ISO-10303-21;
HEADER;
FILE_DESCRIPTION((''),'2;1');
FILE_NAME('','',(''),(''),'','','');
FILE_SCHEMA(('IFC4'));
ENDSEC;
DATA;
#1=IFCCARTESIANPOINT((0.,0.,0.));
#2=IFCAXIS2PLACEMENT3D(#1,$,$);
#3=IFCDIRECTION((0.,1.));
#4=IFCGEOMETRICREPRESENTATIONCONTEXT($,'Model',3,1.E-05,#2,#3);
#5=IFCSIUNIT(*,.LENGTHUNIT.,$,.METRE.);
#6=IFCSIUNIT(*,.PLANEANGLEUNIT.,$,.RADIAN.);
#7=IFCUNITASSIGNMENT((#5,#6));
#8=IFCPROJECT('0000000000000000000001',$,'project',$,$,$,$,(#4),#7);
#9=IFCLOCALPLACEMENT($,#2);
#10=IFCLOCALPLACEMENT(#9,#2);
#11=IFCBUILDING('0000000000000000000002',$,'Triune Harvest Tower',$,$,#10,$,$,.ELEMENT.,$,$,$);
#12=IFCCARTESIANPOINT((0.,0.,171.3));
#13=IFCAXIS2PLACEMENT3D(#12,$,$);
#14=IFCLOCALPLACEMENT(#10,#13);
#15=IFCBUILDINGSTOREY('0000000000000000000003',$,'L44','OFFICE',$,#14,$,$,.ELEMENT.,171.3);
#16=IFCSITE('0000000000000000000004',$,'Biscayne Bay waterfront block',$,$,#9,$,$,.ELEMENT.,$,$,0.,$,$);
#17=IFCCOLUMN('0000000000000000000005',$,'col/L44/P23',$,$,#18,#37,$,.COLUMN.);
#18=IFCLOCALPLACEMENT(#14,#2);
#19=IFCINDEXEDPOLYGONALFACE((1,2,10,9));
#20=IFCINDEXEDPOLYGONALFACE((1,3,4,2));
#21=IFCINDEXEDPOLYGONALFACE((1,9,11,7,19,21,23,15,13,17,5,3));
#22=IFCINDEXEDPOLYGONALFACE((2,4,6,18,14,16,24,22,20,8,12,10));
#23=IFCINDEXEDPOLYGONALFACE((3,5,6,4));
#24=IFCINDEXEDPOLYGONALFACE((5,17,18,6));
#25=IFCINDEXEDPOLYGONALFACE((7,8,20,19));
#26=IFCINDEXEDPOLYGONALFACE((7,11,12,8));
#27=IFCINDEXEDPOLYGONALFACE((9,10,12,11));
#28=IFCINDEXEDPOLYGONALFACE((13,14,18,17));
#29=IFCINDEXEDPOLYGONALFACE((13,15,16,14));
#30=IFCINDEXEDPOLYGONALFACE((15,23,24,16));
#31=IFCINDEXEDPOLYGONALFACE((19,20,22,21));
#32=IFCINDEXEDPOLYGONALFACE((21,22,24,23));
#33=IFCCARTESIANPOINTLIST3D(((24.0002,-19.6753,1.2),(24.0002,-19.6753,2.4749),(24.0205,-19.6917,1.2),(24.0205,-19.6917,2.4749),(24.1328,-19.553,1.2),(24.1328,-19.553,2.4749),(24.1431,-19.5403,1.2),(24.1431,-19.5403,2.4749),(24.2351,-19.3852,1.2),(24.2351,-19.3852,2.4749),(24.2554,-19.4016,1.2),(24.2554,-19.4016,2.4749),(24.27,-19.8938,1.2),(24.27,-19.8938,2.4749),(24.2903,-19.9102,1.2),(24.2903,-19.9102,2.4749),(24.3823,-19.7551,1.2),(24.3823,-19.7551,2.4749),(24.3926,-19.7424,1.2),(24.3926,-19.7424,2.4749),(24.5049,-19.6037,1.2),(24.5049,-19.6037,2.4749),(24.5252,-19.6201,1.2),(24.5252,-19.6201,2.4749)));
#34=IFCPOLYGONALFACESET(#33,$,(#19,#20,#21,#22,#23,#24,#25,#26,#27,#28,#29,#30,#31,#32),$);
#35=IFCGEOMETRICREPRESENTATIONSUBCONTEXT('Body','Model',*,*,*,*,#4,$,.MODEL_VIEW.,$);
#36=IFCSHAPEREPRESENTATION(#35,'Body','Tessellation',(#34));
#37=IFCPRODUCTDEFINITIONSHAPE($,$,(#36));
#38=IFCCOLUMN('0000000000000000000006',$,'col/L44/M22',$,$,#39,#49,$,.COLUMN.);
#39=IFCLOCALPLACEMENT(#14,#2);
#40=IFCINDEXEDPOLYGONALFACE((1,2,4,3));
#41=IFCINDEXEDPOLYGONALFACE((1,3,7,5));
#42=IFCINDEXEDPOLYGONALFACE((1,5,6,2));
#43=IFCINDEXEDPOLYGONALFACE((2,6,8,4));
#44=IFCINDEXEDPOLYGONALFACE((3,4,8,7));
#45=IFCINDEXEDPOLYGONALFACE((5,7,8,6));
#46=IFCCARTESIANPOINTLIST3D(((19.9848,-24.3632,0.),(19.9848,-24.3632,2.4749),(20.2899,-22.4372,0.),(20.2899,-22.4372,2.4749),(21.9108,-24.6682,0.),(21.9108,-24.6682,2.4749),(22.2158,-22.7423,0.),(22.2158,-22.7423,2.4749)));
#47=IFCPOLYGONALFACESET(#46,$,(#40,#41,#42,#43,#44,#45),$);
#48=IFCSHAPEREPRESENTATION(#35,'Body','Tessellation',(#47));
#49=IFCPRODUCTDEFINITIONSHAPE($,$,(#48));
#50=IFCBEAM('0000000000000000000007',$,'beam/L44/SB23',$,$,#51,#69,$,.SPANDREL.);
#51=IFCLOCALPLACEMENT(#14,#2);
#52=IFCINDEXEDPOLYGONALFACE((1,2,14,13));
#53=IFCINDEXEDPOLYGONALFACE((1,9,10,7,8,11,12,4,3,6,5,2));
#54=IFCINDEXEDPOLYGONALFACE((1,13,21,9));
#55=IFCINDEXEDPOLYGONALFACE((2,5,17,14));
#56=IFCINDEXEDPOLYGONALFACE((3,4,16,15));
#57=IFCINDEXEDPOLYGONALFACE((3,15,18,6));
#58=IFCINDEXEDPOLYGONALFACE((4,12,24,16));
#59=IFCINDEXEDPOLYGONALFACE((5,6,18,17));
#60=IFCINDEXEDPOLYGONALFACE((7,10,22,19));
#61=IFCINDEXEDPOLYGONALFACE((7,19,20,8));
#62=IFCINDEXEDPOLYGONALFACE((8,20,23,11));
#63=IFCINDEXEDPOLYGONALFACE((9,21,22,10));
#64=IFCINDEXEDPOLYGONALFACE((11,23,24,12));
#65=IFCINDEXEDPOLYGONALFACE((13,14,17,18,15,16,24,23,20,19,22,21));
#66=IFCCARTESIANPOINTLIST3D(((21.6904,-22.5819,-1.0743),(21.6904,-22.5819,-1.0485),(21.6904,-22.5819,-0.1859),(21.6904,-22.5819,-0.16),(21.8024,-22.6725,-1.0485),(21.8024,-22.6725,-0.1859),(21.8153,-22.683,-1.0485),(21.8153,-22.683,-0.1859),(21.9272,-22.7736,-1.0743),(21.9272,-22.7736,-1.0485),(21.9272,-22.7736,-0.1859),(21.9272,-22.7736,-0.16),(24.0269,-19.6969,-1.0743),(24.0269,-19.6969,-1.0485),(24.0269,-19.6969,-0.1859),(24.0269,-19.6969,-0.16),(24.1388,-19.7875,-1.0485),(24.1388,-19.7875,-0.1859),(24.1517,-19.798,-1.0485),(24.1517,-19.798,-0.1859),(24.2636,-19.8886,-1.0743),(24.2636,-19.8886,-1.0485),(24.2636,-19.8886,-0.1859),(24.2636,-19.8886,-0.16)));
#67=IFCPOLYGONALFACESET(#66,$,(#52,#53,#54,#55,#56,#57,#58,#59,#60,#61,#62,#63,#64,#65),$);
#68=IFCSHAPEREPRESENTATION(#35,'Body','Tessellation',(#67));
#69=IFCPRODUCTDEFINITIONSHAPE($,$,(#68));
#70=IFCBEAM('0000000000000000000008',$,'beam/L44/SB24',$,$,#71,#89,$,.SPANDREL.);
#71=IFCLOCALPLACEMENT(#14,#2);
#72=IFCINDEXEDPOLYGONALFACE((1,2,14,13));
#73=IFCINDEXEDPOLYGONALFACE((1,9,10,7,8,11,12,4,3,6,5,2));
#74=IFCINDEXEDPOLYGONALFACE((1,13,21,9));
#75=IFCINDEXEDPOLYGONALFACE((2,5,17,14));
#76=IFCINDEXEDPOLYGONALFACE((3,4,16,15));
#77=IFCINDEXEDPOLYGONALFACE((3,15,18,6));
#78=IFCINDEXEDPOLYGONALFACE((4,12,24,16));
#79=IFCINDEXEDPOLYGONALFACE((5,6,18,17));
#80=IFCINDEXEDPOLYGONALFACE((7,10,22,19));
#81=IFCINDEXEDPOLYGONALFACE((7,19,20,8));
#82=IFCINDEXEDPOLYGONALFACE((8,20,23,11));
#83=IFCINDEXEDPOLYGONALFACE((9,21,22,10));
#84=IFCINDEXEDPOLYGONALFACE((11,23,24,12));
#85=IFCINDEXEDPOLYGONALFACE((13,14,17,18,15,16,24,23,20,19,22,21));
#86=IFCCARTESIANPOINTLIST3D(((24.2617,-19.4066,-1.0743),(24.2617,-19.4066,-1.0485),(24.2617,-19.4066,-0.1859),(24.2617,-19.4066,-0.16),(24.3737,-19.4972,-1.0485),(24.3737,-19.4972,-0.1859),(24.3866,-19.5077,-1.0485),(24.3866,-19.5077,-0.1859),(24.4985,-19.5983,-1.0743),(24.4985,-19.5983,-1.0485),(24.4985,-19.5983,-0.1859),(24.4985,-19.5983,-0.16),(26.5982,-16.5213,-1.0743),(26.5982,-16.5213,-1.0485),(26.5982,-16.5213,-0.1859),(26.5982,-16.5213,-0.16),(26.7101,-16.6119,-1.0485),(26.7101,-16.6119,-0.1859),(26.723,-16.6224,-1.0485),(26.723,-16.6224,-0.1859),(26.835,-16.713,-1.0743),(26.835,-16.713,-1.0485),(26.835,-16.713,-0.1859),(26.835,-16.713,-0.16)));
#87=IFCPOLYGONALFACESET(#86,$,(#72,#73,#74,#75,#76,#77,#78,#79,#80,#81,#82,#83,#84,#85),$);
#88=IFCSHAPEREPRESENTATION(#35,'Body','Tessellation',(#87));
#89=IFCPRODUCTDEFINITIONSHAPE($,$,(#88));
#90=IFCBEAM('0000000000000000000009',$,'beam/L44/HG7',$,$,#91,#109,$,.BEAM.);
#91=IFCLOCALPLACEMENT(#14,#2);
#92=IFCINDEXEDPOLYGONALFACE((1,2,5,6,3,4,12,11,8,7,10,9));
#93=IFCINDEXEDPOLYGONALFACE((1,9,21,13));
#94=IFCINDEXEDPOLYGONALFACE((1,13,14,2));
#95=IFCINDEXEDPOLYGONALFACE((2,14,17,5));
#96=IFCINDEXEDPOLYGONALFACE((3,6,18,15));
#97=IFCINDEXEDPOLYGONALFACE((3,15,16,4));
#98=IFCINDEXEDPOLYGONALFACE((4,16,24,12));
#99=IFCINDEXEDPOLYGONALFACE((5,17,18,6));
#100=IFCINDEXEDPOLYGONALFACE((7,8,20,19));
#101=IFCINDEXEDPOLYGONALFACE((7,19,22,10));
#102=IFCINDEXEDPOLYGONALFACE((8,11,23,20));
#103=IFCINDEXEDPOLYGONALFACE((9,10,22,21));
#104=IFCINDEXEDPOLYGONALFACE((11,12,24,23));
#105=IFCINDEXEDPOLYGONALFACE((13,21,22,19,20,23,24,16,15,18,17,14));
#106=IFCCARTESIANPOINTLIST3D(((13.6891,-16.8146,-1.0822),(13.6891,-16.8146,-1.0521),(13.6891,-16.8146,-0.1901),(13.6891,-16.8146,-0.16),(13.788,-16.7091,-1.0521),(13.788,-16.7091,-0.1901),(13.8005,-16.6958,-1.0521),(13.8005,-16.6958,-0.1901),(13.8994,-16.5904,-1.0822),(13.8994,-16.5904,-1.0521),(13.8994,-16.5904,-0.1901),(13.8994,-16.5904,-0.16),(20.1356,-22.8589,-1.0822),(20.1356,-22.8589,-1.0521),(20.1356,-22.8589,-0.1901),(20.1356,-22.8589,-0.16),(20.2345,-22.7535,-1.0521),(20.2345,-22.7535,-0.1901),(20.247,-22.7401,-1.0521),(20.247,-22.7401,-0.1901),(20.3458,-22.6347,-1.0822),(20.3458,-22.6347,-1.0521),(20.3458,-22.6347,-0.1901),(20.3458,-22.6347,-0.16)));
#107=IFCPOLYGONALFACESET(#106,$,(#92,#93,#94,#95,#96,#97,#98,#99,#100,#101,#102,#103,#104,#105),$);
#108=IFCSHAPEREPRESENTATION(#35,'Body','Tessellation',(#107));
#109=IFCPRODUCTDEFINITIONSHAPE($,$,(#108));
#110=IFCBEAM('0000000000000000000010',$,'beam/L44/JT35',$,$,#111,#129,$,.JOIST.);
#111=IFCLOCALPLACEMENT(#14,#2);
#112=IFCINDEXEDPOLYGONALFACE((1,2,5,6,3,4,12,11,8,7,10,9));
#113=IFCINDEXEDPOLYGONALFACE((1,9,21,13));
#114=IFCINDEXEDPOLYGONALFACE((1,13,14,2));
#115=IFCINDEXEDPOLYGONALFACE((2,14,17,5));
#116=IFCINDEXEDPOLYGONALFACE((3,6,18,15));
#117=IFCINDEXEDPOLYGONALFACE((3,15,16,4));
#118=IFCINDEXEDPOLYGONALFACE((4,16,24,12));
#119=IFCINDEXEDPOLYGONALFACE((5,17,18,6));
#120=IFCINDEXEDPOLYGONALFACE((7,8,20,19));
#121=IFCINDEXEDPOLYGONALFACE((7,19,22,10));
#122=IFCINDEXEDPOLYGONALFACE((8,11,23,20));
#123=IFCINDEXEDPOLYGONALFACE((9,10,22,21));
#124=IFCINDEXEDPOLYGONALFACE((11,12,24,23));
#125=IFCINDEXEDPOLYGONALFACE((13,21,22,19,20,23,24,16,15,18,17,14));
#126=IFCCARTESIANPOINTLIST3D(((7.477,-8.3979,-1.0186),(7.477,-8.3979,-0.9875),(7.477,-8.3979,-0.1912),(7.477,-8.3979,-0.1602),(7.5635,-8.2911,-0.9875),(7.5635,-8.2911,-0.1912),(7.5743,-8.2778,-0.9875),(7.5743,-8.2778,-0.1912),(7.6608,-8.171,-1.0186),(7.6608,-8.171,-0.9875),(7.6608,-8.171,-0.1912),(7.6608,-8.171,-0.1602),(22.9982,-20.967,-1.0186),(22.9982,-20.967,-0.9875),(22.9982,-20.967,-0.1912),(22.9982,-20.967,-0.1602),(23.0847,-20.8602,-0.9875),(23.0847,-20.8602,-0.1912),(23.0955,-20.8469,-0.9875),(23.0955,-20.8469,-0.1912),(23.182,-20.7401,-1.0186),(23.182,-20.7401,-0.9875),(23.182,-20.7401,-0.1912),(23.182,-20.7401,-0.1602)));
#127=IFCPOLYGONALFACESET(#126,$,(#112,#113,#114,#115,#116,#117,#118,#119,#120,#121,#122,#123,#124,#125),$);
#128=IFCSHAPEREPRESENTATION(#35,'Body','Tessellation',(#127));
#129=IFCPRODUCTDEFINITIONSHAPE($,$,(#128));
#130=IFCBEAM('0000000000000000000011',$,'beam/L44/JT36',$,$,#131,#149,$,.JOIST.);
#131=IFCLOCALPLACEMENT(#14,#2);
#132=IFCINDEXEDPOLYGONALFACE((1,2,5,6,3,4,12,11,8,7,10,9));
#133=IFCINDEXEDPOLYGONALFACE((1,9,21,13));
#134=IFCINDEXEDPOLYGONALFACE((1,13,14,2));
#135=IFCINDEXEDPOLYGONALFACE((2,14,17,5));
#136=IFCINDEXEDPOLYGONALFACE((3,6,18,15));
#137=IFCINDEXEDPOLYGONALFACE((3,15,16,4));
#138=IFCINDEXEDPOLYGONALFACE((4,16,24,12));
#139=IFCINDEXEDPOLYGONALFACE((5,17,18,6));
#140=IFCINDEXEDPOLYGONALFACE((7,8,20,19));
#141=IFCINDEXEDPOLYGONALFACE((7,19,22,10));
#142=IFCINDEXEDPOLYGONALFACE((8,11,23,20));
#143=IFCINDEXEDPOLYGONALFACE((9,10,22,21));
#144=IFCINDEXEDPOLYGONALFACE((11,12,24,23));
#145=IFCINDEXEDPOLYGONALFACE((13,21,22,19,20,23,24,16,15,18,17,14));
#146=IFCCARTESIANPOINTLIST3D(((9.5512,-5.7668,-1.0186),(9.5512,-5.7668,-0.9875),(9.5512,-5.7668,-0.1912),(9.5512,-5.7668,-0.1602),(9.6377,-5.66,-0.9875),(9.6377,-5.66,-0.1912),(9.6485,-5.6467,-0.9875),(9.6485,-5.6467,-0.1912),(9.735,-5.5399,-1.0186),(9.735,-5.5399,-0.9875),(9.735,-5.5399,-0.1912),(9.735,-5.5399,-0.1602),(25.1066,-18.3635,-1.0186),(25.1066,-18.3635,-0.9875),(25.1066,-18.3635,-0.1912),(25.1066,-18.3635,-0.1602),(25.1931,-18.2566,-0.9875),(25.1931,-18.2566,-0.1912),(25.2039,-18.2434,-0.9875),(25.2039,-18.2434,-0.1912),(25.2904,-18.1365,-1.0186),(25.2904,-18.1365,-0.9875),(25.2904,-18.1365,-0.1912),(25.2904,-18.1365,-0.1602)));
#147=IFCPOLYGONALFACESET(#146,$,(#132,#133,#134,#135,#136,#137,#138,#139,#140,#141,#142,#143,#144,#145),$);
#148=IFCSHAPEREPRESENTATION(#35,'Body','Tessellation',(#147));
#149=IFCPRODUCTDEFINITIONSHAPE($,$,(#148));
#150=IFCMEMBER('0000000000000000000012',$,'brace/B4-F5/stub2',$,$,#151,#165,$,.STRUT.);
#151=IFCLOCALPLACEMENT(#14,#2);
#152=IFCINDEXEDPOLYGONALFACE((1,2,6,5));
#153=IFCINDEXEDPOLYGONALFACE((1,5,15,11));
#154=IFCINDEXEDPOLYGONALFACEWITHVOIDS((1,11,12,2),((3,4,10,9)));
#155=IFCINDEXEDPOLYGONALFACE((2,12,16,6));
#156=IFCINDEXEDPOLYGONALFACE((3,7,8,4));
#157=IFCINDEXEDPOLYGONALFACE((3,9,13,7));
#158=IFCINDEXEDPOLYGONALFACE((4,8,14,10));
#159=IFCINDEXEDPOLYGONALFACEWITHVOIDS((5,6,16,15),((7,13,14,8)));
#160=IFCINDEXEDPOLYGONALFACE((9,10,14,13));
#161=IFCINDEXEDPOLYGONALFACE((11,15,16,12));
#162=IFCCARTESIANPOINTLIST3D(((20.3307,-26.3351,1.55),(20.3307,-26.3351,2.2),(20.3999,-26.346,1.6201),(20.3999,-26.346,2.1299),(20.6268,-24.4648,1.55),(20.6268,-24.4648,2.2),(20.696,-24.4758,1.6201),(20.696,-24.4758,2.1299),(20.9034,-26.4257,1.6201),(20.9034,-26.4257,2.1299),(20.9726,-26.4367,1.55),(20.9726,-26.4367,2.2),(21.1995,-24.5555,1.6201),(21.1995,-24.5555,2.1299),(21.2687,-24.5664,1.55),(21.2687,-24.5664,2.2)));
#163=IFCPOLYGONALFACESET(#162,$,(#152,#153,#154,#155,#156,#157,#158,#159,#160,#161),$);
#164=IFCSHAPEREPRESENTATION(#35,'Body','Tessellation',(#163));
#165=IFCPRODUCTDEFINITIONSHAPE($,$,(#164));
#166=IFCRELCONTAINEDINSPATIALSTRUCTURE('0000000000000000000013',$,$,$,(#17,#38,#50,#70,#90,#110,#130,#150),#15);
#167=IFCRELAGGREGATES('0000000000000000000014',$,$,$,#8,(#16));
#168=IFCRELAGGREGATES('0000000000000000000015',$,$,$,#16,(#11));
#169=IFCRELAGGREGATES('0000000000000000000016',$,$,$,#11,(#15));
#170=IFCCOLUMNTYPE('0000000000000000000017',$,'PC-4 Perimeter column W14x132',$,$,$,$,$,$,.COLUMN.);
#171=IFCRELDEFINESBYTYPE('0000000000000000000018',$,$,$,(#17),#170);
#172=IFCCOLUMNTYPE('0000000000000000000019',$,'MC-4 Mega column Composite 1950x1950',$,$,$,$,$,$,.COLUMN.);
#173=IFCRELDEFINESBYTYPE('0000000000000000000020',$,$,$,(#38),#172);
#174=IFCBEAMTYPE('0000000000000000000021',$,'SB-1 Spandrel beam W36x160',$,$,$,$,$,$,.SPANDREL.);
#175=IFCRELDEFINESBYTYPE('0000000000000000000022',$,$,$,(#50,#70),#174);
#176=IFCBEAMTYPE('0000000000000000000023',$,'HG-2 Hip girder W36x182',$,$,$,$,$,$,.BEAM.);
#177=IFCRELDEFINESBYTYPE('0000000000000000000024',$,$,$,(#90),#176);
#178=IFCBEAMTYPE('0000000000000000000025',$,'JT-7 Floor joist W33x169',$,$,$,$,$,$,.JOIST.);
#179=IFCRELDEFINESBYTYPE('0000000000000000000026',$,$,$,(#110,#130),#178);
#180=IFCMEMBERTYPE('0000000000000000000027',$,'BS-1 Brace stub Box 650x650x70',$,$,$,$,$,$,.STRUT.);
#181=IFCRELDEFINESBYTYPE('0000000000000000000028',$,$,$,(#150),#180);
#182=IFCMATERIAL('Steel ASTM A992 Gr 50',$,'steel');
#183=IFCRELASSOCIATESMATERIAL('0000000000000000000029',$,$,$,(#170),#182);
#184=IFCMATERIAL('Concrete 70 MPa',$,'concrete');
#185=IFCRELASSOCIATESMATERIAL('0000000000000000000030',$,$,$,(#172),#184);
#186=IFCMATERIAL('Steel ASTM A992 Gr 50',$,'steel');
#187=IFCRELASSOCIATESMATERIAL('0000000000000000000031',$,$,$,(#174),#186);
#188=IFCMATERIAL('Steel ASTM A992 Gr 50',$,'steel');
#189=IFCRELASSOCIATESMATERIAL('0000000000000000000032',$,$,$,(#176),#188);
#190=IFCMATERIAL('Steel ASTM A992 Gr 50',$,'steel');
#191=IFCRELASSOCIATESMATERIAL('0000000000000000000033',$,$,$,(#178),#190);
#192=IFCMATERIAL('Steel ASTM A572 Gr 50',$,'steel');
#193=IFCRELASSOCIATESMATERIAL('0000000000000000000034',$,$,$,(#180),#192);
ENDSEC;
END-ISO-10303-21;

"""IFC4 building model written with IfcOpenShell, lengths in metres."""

from ifc_helpers import new_model, si_unit, direction, frame, origin, origin_2d, place, context, subcontext, project, spatial, rectangle, hollow_rectangle, i_section, extrude, source, transform, mapped, material, material_profile, profile_set, type_object, element, save


model = new_model("IFC4")

# Units and contexts
model_context = context("Model", 3, precision=1e-05, world=origin(), true_north=direction((0.0, 1.0)))
body_context = subcontext(model_context, "Body", "Model", "MODEL_VIEW")
ifc_project = project(units=[si_unit("LENGTHUNIT", "METRE"), si_unit("PLANEANGLEUNIT", "RADIAN")], contexts=[model_context])

# Site, building, storey
site_placement = place(None, origin())
site = spatial("IfcSite", under=ifc_project, at=site_placement, Name="Biscayne Bay waterfront block", CompositionType="ELEMENT", RefElevation=0.0)
building_placement = place(site_placement, origin())
building = spatial("IfcBuilding", under=site, at=building_placement, Name="Triune Harvest Tower", CompositionType="ELEMENT")
storey_placement = place(building_placement, frame((0.0, 0.0, 171.3)))
storey = spatial("IfcBuildingStorey", under=building, at=storey_placement, Name="L44", Description="OFFICE", CompositionType="ELEMENT", Elevation=171.3)

# Columns
ifc_material_1 = material(Name="Steel ASTM A992 Gr 50", Category="steel")
ifc_material_profile_1 = material_profile(ifc_material_1, i_section(OverallWidth=0.3733, OverallDepth=0.3733, WebThickness=0.0164, FlangeThickness=0.0261, at=origin_2d()), Name="W14x132")
ifc_profile_set_1 = profile_set([ifc_material_profile_1], Name="Steel ASTM A992 Gr 50")
column_type_1 = type_object("IfcColumnType", Name="PC-4 Perimeter column W14x132", PredefinedType="COLUMN", material=ifc_profile_set_1)
column_1_placement = place(storey_placement, frame((24.2627, -19.6477, 1.2), z_axis=(0.0, 0.0, 1.0), x_axis=(0.629322, 0.777145, 0.0)))
element("IfcColumn", 1, at=column_1_placement, inside=storey, type_object=column_type_1, Name="col/L44/P23", PredefinedType="COLUMN", context=body_context, shape_type="SweptSolid", body=[
    extrude(i_section(OverallWidth=0.3733, OverallDepth=0.3733, WebThickness=0.0164, FlangeThickness=0.0261, at=origin_2d()), origin(), (0.0, 0.0, 1.0), 1.2749),
])
ifc_material_2 = material(Name="Concrete 70 MPa", Category="concrete")
ifc_material_profile_2 = material_profile(ifc_material_2, rectangle(XDim=1.95, YDim=1.95, at=origin_2d()), Name="Composite 1950x1950")
ifc_profile_set_2 = profile_set([ifc_material_profile_2], Name="Concrete 70 MPa")
column_type_2 = type_object("IfcColumnType", Name="MC-4 Mega column Composite 1950x1950", PredefinedType="COLUMN", material=ifc_profile_set_2)
shared_shape_1 = source(origin(), body_context, "Body", "SweptSolid", [
    extrude(rectangle(XDim=1.95, YDim=1.95, at=origin_2d()), origin(), (0.0, 0.0, 1.0), 2.4749),
])
column_2_placement = place(storey_placement, frame((21.1003, -23.5527, 0.0), z_axis=(0.0, 0.0, 1.0), x_axis=(0.987688, -0.156434, 0.0)))
element("IfcColumn", 2, at=column_2_placement, inside=storey, type_object=column_type_2, Name="col/L44/M22", PredefinedType="COLUMN", context=body_context, shape_type="MappedRepresentation", body=[
    mapped(shared_shape_1, transform((0.0, 0.0, 0.0), scale=1.0)),
])

# Beams
ifc_material_3 = material(Name="Steel ASTM A992 Gr 50", Category="steel")
ifc_material_profile_3 = material_profile(ifc_material_3, i_section(OverallWidth=0.3047, OverallDepth=0.9143, WebThickness=0.0166, FlangeThickness=0.0259, at=origin_2d()), Name="W36x160")
ifc_profile_set_3 = profile_set([ifc_material_profile_3], Name="Steel ASTM A992 Gr 50")
beam_type_1 = type_object("IfcBeamType", Name="SB-1 Spandrel beam W36x160", PredefinedType="SPANDREL", material=ifc_profile_set_3)
shared_shape_2 = source(origin(), body_context, "Body", "SweptSolid", [
    extrude(i_section(OverallWidth=0.3047, OverallDepth=0.9143, WebThickness=0.0166, FlangeThickness=0.0259, at=origin_2d()), origin(), (0.0, 0.0, 1.0), 3.7124),
])
beam_1_placement = place(storey_placement, frame((21.8088, -22.6777, -0.6172), z_axis=(0.629351, 0.777121, 0.0), x_axis=(-0.777121, 0.629351, 0.0)))
element("IfcBeam", 3, at=beam_1_placement, inside=storey, type_object=beam_type_1, Name="beam/L44/SB23", PredefinedType="SPANDREL", context=body_context, shape_type="MappedRepresentation", body=[
    mapped(shared_shape_2, transform((0.0, 0.0, 0.0), scale=1.0)),
])
shared_shape_3 = source(origin(), body_context, "Body", "SweptSolid", [
    extrude(i_section(OverallWidth=0.3047, OverallDepth=0.9143, WebThickness=0.0166, FlangeThickness=0.0259, at=origin_2d()), origin(), (0.0, 0.0, 1.0), 3.7126),
])
beam_2_placement = place(storey_placement, frame((24.3801, -19.5024, -0.6172), z_axis=(0.629319, 0.777147, 0.0), x_axis=(-0.777147, 0.629319, 0.0)))
element("IfcBeam", 4, at=beam_2_placement, inside=storey, type_object=beam_type_1, Name="beam/L44/SB24", PredefinedType="SPANDREL", context=body_context, shape_type="MappedRepresentation", body=[
    mapped(shared_shape_3, transform((0.0, 0.0, 0.0), scale=1.0)),
])
ifc_material_4 = material(Name="Steel ASTM A992 Gr 50", Category="steel")
ifc_material_profile_4 = material_profile(ifc_material_4, i_section(OverallWidth=0.3074, OverallDepth=0.9221, WebThickness=0.0183, FlangeThickness=0.03, at=origin_2d()), Name="W36x182")
ifc_profile_set_4 = profile_set([ifc_material_profile_4], Name="Steel ASTM A992 Gr 50")
beam_type_2 = type_object("IfcBeamType", Name="HG-2 Hip girder W36x182", PredefinedType="BEAM", material=ifc_profile_set_4)
shared_shape_4 = source(origin(), body_context, "Body", "SweptSolid", [
    extrude(i_section(OverallWidth=0.3074, OverallDepth=0.9221, WebThickness=0.0183, FlangeThickness=0.03, at=origin_2d()), origin(), (0.0, 0.0, 1.0), 8.8369),
])
beam_3_placement = place(storey_placement, frame((20.2407, -22.7468, -0.6211), z_axis=(-0.729492, 0.68399, 0.0), x_axis=(-0.68399, -0.729492, 0.0)))
element("IfcBeam", 5, at=beam_3_placement, inside=storey, type_object=beam_type_2, Name="beam/L44/HG7", PredefinedType="BEAM", context=body_context, shape_type="MappedRepresentation", body=[
    mapped(shared_shape_4, transform((0.0, 0.0, 0.0), scale=1.0)),
])
ifc_material_5 = material(Name="Steel ASTM A992 Gr 50", Category="steel")
ifc_material_profile_5 = material_profile(ifc_material_5, i_section(OverallWidth=0.292, OverallDepth=0.8584, WebThickness=0.0171, FlangeThickness=0.031, at=origin_2d()), Name="W33x169")
ifc_profile_set_5 = profile_set([ifc_material_profile_5], Name="Steel ASTM A992 Gr 50")
beam_type_3 = type_object("IfcBeamType", Name="JT-7 Floor joist W33x169", PredefinedType="JOIST", material=ifc_profile_set_5)
shared_shape_5 = source(origin(), body_context, "Body", "SweptSolid", [
    extrude(i_section(OverallWidth=0.292, OverallDepth=0.8584, WebThickness=0.0171, FlangeThickness=0.031, at=origin_2d()), origin(), (0.0, 0.0, 1.0), 19.9722),
])
beam_4_placement = place(storey_placement, frame((23.0901, -20.8535, -0.5894), z_axis=(-0.77714, 0.629328, 0.0), x_axis=(-0.629328, -0.77714, 0.0)))
element("IfcBeam", 6, at=beam_4_placement, inside=storey, type_object=beam_type_3, Name="beam/L44/JT35", PredefinedType="JOIST", context=body_context, shape_type="MappedRepresentation", body=[
    mapped(shared_shape_5, transform((0.0, 0.0, 0.0), scale=1.0)),
])
shared_shape_6 = source(origin(), body_context, "Body", "SweptSolid", [
    extrude(i_section(OverallWidth=0.292, OverallDepth=0.8584, WebThickness=0.0171, FlangeThickness=0.031, at=origin_2d()), origin(), (0.0, 0.0, 1.0), 20.0161),
])
beam_5_placement = place(storey_placement, frame((25.1985, -18.25, -0.5894), z_axis=(-0.777142, 0.629325, 0.0), x_axis=(-0.629325, -0.777142, 0.0)))
element("IfcBeam", 7, at=beam_5_placement, inside=storey, type_object=beam_type_3, Name="beam/L44/JT36", PredefinedType="JOIST", context=body_context, shape_type="MappedRepresentation", body=[
    mapped(shared_shape_6, transform((0.0, 0.0, 0.0), scale=1.0)),
])

# Member
ifc_material_6 = material(Name="Steel ASTM A572 Gr 50", Category="steel")
ifc_material_profile_6 = material_profile(ifc_material_6, hollow_rectangle(XDim=0.6499, YDim=0.6499, WallThickness=0.0701, at=origin_2d()), Name="Box 650x650x70")
ifc_profile_set_6 = profile_set([ifc_material_profile_6], Name="Steel ASTM A572 Gr 50")
member_type_1 = type_object("IfcMemberType", Name="BS-1 Brace stub Box 650x650x70", PredefinedType="STRUT", material=ifc_profile_set_6)
shared_shape_7 = source(origin(), body_context, "Body", "SweptSolid", [
    extrude(hollow_rectangle(XDim=0.6499, YDim=0.6499, WallThickness=0.0701, at=origin_2d()), origin(), (0.0, 0.0, 1.0), 1.8936),
])
member_1_placement = place(storey_placement, frame((20.9478, -24.5156, 1.875), z_axis=(-0.156386, -0.987696, 0.0), x_axis=(0.987696, -0.156386, 0.0)))
element("IfcMember", 8, at=member_1_placement, inside=storey, type_object=member_type_1, Name="brace/B4-F5/stub2", PredefinedType="STRUT", context=body_context, shape_type="MappedRepresentation", body=[
    mapped(shared_shape_7, transform((0.0, 0.0, 0.0), scale=1.0)),
])

save(model, "model.ifc")
